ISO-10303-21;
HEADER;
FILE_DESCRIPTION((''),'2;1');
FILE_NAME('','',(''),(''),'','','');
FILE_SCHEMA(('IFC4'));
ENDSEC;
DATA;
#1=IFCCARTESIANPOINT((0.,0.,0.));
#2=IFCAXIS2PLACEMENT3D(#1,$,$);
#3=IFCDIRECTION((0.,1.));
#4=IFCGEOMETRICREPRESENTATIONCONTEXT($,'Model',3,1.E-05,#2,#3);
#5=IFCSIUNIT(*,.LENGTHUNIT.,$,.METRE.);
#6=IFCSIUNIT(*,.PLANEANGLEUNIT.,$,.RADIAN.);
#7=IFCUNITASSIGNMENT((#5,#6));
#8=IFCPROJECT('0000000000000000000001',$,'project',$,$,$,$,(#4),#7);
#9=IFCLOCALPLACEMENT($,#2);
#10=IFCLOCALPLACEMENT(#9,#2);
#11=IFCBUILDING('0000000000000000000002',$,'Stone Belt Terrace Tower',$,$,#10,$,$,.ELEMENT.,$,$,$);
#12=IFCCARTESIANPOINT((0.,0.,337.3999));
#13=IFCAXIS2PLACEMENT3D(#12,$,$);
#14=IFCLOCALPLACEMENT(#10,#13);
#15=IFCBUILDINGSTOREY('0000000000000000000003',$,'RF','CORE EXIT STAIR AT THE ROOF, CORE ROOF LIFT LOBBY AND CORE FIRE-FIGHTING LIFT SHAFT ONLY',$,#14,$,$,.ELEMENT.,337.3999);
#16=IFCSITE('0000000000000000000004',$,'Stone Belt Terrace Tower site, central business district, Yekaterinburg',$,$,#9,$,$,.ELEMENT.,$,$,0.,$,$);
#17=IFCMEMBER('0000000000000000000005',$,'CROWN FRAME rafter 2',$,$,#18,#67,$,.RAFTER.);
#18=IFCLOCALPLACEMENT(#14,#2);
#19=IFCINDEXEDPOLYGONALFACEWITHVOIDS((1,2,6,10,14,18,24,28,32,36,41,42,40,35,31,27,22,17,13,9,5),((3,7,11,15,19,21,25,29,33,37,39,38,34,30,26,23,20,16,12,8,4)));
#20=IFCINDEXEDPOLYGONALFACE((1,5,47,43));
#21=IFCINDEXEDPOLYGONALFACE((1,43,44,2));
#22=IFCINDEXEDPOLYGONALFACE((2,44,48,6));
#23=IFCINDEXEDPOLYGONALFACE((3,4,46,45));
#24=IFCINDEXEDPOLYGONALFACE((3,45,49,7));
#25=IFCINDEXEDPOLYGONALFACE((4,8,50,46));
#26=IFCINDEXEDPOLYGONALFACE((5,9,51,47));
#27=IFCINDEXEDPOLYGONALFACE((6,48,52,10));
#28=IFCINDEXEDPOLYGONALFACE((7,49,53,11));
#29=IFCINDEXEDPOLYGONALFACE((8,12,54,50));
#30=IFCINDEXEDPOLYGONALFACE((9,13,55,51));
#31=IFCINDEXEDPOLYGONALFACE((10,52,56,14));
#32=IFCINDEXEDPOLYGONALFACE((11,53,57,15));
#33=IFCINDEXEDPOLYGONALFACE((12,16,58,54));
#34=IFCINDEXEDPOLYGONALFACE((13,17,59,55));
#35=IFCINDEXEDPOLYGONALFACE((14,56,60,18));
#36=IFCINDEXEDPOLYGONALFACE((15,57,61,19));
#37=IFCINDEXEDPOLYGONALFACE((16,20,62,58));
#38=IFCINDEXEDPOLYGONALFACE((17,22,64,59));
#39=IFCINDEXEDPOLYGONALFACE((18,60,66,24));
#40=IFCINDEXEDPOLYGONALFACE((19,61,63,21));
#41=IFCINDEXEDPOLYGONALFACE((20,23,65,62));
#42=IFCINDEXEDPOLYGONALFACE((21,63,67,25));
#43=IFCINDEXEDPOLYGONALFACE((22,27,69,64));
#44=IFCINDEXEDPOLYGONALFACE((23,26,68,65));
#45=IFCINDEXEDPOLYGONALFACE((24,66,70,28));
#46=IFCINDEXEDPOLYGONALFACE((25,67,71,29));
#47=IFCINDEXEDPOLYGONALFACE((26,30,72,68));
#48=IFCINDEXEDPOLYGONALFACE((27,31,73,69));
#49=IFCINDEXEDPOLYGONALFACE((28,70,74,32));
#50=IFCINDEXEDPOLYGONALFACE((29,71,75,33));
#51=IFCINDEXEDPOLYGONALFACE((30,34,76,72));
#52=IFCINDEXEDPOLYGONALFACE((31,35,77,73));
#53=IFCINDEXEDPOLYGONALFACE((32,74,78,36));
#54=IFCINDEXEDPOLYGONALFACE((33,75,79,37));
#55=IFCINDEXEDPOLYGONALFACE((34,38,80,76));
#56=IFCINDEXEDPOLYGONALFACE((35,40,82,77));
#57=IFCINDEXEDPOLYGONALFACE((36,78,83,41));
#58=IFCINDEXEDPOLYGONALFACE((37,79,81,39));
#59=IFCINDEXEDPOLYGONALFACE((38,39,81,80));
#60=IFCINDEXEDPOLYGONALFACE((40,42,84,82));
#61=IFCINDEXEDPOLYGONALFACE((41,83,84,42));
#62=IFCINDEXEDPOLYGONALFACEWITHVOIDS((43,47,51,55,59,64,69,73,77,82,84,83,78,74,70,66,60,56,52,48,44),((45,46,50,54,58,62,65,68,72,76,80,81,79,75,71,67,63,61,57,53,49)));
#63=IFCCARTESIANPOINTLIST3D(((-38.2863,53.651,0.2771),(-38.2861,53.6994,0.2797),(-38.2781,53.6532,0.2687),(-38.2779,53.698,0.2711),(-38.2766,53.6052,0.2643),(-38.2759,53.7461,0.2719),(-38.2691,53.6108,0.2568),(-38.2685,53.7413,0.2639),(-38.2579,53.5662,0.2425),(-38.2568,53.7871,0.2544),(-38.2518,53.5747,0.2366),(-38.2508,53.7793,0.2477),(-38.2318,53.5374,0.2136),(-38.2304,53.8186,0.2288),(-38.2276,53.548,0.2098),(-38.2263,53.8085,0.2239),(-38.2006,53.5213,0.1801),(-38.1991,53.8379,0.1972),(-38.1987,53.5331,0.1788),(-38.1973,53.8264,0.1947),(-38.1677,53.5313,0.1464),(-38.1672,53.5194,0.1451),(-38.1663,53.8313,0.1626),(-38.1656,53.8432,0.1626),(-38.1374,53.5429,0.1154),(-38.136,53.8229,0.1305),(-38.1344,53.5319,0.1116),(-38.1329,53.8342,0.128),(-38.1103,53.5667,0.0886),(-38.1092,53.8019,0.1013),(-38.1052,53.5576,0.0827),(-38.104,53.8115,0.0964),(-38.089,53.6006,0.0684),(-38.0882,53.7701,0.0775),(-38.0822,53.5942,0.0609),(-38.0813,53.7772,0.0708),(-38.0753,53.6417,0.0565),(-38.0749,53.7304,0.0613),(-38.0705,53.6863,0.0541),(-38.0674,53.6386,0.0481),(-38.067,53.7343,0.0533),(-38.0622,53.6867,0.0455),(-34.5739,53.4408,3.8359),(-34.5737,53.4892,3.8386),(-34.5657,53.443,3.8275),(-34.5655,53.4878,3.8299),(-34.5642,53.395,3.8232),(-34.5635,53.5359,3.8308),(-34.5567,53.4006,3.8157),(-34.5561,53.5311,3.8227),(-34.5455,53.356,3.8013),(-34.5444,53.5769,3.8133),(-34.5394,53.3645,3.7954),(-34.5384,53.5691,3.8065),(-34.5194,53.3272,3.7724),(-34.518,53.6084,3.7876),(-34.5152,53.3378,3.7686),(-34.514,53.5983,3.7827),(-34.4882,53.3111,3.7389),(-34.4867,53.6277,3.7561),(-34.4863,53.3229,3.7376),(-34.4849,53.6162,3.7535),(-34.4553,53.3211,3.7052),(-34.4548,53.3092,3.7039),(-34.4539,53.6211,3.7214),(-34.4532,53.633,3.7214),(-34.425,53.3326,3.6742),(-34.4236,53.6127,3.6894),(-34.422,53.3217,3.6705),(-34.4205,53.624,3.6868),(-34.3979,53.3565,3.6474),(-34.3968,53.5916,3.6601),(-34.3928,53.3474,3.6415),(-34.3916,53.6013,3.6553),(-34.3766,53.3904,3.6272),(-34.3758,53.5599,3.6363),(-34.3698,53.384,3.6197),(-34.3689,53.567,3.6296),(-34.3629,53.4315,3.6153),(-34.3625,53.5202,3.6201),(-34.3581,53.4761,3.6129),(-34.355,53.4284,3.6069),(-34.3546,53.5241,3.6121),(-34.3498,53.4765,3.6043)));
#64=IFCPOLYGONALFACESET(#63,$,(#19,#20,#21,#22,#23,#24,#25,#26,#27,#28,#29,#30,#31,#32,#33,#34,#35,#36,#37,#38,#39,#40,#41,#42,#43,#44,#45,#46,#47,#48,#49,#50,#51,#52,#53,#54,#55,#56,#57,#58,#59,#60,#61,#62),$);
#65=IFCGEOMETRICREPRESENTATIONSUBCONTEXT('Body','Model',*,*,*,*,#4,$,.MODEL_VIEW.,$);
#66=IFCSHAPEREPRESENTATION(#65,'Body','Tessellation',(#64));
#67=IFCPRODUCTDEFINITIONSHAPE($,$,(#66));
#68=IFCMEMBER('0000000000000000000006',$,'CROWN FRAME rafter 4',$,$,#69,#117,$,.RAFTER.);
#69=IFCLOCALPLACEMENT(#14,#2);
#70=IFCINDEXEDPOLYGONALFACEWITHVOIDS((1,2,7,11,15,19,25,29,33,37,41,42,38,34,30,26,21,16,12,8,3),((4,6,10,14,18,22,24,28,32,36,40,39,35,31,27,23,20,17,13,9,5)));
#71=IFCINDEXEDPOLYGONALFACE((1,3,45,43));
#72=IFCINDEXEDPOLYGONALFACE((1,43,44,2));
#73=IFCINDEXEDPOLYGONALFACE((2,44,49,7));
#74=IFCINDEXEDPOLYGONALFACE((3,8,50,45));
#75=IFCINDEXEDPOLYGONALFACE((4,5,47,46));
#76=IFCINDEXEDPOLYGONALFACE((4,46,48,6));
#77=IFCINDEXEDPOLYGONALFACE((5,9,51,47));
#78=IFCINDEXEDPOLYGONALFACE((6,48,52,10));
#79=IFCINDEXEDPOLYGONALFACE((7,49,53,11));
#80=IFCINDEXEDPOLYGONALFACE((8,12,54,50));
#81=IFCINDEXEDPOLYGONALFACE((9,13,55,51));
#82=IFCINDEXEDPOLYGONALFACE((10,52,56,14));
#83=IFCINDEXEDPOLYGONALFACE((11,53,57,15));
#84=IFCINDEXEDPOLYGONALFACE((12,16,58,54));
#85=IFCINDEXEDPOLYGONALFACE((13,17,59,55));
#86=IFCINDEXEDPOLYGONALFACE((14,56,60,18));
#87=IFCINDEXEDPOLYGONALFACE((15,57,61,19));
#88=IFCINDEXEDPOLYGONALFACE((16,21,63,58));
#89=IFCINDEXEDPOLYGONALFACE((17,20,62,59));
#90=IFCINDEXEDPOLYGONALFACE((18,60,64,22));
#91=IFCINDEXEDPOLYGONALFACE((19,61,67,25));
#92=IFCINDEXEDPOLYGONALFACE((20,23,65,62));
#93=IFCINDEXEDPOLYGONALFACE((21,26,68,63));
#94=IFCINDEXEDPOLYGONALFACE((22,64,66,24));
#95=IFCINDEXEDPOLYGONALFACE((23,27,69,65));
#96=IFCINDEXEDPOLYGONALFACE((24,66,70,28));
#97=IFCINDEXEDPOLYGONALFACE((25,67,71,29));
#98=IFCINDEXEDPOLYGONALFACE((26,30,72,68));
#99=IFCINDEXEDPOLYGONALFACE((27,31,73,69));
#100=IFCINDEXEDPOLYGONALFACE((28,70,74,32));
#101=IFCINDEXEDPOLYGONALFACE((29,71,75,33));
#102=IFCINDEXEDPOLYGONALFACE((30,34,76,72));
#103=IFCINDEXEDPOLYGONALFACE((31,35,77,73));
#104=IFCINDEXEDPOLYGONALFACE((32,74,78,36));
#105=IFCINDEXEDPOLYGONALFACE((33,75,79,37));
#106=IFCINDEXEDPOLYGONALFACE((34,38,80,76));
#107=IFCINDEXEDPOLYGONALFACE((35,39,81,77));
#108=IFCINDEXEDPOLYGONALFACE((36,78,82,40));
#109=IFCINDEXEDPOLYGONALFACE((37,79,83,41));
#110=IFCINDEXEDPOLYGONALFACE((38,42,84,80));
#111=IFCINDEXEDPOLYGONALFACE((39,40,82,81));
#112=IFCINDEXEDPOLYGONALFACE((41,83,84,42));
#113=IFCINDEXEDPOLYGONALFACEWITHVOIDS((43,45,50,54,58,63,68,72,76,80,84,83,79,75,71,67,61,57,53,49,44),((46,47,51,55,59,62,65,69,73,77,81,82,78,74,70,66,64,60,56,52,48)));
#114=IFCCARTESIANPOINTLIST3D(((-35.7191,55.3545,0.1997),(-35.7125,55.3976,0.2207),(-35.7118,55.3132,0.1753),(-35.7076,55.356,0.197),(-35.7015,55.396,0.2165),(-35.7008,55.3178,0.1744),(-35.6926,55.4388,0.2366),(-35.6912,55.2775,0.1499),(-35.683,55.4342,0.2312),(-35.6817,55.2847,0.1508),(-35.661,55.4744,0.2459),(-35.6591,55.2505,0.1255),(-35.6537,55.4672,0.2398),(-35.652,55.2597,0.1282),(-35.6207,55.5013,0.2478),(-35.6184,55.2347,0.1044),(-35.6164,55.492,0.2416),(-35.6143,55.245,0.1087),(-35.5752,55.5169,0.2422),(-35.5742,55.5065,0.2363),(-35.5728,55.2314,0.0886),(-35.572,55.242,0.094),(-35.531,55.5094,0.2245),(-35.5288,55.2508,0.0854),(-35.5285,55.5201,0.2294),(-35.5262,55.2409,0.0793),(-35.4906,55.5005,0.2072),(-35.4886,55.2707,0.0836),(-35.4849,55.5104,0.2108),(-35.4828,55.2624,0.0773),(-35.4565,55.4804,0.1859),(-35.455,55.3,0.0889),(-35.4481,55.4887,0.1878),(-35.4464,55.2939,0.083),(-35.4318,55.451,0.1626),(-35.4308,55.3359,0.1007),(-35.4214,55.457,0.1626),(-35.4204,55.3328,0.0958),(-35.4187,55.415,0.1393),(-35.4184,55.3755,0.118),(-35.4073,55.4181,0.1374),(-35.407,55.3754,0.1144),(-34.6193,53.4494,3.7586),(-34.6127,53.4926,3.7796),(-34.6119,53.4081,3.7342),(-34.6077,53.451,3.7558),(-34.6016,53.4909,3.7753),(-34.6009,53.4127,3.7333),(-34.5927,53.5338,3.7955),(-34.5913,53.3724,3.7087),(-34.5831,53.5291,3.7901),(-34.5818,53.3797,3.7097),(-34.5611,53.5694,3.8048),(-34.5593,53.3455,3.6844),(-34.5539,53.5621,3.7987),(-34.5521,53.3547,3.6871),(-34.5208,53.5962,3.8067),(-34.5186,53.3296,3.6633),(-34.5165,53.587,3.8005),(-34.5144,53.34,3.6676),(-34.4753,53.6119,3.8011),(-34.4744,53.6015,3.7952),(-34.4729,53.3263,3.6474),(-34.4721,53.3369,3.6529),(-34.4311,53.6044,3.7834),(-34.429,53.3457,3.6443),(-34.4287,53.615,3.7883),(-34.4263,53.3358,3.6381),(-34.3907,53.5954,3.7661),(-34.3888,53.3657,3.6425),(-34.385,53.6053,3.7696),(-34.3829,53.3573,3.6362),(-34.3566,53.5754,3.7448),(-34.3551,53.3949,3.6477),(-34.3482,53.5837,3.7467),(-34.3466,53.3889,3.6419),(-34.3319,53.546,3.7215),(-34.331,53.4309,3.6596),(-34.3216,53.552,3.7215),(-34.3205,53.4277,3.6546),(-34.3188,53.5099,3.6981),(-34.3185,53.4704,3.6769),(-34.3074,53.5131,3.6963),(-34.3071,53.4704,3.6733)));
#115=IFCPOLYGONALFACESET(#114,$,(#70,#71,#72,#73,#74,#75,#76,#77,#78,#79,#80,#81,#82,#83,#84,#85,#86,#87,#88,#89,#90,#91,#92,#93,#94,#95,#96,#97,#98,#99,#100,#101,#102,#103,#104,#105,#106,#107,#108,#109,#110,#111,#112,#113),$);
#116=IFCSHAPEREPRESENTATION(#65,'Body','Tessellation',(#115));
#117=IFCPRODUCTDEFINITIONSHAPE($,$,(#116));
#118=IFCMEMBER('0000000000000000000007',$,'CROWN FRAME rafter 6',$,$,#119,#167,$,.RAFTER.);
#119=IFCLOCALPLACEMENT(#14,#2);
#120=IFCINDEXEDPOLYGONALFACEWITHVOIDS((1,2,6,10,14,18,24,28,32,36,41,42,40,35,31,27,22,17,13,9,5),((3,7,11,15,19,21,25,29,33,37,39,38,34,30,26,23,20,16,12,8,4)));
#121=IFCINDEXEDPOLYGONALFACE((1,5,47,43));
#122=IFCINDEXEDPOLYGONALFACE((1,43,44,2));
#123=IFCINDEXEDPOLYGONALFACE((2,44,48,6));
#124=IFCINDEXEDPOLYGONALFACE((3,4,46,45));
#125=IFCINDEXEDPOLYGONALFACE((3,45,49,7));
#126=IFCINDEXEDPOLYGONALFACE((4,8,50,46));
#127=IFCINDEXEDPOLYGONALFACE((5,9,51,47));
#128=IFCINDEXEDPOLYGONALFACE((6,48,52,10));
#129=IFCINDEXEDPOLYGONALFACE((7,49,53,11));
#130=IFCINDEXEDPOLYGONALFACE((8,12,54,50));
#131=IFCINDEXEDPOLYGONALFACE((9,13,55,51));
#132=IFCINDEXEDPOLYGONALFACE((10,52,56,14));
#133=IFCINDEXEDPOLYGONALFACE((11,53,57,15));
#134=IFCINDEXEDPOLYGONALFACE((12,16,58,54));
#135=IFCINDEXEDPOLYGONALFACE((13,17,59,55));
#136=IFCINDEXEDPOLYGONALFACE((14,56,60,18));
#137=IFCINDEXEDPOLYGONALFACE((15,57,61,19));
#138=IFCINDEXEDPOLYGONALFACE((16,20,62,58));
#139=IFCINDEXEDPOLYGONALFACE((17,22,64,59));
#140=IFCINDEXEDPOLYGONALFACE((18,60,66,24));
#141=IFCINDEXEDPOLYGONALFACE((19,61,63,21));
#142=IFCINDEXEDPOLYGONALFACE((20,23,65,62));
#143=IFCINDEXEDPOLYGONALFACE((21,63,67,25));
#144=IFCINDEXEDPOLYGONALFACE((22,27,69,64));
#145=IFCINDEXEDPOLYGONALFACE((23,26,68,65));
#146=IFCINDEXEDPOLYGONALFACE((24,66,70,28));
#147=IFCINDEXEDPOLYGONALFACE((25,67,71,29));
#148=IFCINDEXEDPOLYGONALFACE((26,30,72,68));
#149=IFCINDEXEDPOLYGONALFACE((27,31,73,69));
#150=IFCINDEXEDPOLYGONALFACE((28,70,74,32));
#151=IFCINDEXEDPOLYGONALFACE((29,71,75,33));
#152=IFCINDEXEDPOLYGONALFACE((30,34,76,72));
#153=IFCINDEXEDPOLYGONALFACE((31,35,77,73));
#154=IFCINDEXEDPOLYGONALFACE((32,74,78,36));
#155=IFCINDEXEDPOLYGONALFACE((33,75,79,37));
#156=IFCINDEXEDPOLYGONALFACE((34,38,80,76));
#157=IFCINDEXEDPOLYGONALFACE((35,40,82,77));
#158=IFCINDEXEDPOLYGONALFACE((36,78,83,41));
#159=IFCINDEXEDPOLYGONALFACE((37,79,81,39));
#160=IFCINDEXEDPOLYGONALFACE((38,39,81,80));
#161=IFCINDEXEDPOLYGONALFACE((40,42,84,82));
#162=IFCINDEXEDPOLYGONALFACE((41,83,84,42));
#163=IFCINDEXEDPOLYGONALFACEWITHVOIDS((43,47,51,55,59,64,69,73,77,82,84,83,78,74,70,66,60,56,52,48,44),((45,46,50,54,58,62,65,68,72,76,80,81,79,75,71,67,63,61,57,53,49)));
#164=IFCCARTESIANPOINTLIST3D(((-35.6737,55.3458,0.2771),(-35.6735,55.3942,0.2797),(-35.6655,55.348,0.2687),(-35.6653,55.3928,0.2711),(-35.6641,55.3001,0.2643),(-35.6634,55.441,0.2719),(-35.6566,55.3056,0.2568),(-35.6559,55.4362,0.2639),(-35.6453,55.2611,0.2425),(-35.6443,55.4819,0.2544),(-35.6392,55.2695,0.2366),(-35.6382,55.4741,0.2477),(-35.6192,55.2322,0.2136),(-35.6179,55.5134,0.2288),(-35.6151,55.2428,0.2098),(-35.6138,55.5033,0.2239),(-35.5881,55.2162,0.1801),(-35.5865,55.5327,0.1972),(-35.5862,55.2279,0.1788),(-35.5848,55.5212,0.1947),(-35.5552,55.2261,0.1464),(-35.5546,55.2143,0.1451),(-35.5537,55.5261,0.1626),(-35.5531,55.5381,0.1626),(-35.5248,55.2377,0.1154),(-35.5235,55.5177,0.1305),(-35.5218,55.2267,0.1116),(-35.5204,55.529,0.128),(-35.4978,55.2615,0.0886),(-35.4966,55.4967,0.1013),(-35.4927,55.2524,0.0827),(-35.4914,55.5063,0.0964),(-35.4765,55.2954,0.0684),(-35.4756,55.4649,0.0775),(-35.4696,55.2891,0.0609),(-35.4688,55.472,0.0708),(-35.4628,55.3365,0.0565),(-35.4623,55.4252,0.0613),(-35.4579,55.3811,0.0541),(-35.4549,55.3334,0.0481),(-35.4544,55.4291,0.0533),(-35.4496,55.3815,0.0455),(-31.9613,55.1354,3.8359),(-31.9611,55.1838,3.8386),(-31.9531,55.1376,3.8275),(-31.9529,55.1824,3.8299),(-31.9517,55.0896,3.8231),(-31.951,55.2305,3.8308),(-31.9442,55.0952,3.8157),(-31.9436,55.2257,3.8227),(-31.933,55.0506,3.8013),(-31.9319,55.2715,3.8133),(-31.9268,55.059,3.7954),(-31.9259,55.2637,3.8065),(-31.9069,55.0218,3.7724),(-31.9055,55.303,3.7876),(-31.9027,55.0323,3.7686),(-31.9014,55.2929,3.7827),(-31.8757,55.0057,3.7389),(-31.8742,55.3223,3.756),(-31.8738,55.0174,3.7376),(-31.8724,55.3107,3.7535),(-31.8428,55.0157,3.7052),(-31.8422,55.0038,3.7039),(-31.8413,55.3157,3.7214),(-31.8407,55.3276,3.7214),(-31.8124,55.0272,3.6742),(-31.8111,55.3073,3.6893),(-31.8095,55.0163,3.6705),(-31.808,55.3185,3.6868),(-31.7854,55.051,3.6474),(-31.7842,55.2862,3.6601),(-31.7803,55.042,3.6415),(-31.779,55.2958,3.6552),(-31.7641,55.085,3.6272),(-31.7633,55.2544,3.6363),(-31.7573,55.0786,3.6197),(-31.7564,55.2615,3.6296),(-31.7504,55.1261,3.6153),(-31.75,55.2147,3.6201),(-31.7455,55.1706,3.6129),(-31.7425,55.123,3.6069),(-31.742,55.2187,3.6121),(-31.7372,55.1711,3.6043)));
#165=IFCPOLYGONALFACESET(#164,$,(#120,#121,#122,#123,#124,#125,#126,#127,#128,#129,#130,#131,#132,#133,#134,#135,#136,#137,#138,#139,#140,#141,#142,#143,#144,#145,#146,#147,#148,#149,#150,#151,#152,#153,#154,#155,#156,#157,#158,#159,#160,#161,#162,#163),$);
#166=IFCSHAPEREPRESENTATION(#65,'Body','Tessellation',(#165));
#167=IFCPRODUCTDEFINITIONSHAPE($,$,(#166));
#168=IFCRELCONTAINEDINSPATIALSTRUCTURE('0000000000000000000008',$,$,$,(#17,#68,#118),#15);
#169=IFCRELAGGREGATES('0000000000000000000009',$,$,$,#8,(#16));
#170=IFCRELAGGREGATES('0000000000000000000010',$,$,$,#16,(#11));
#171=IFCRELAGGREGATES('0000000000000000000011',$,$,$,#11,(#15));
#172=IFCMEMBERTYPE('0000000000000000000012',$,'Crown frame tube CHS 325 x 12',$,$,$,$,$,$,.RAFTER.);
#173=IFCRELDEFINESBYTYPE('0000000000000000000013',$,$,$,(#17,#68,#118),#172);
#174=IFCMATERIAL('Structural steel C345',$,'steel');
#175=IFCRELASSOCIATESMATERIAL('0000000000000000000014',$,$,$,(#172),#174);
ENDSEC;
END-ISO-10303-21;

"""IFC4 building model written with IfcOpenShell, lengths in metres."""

from ifc_helpers import new_model, si_unit, direction, frame, origin, origin_2d, place, context, subcontext, project, spatial, hollow_circle, extrude, material, material_profile, profile_set, type_object, element, save


model = new_model("IFC4")

# Units and contexts
model_context = context("Model", 3, precision=1e-05, world=origin(), true_north=direction((0.0, 1.0)))
body_context = subcontext(model_context, "Body", "Model", "MODEL_VIEW")
ifc_project = project(units=[si_unit("LENGTHUNIT", "METRE"), si_unit("PLANEANGLEUNIT", "RADIAN")], contexts=[model_context])

# Site, building, storey
site_placement = place(None, origin())
site = spatial("IfcSite", under=ifc_project, at=site_placement, Name="Stone Belt Terrace Tower site, central business district, Yekaterinburg", CompositionType="ELEMENT", RefElevation=0.0)
building_placement = place(site_placement, origin())
building = spatial("IfcBuilding", under=site, at=building_placement, Name="Stone Belt Terrace Tower", CompositionType="ELEMENT")
storey_placement = place(building_placement, frame((0.0, 0.0, 337.3999)))
storey = spatial("IfcBuildingStorey", under=building, at=storey_placement, Name="RF", Description="CORE EXIT STAIR AT THE ROOF, CORE ROOF LIFT LOBBY AND CORE FIRE-FIGHTING LIFT SHAFT ONLY", CompositionType="ELEMENT", Elevation=337.3999)

# Members
ifc_material_1 = material(Name="Structural steel C345", Category="steel")
ifc_material_profile_1 = material_profile(ifc_material_1, hollow_circle(Radius=0.1626, WallThickness=0.012, at=origin_2d()), Name="Structural steel C345 CHS 325x12")
ifc_profile_set_1 = profile_set([ifc_material_profile_1], Name="Structural steel C345")
member_type_1 = type_object("IfcMemberType", Name="Crown frame tube CHS 325 x 12", PredefinedType="RAFTER", material=ifc_profile_set_1)
member_1_placement = place(storey_placement, frame((-38.1748, 53.6809, 0.1626), z_axis=(0.721277, -0.04084, 0.691441), x_axis=(0.056532, 0.998401, 0.0)))
element("IfcMember", 1, at=member_1_placement, inside=storey, type_object=member_type_1, Name="CROWN FRAME rafter 2", PredefinedType="RAFTER", context=body_context, shape_type="SweptSolid", body=[
    extrude(hollow_circle(Radius=0.1626, WallThickness=0.012, at=origin_2d()), origin(), (0.0, 0.0, 1.0), 5.147),
])
member_2_placement = place(storey_placement, frame((-35.5623, 55.3757, 0.1626), z_axis=(0.262884, -0.455335, 0.850624), x_axis=(0.866028, 0.499995, 0.0)))
element("IfcMember", 2, at=member_2_placement, inside=storey, type_object=member_type_1, Name="CROWN FRAME rafter 4", PredefinedType="RAFTER", context=body_context, shape_type="SweptSolid", body=[
    extrude(hollow_circle(Radius=0.1626, WallThickness=0.012, at=origin_2d()), origin(), (0.0, 0.0, 1.0), 4.1838),
])
member_3_placement = place(storey_placement, frame((-35.5623, 55.3757, 0.1626), z_axis=(0.721276, -0.040888, 0.69144), x_axis=(0.056597, 0.998397, 0.0)))
element("IfcMember", 3, at=member_3_placement, inside=storey, type_object=member_type_1, Name="CROWN FRAME rafter 6", PredefinedType="RAFTER", context=body_context, shape_type="SweptSolid", body=[
    extrude(hollow_circle(Radius=0.1626, WallThickness=0.012, at=origin_2d()), origin(), (0.0, 0.0, 1.0), 5.147),
])

save(model, "model.ifc")
